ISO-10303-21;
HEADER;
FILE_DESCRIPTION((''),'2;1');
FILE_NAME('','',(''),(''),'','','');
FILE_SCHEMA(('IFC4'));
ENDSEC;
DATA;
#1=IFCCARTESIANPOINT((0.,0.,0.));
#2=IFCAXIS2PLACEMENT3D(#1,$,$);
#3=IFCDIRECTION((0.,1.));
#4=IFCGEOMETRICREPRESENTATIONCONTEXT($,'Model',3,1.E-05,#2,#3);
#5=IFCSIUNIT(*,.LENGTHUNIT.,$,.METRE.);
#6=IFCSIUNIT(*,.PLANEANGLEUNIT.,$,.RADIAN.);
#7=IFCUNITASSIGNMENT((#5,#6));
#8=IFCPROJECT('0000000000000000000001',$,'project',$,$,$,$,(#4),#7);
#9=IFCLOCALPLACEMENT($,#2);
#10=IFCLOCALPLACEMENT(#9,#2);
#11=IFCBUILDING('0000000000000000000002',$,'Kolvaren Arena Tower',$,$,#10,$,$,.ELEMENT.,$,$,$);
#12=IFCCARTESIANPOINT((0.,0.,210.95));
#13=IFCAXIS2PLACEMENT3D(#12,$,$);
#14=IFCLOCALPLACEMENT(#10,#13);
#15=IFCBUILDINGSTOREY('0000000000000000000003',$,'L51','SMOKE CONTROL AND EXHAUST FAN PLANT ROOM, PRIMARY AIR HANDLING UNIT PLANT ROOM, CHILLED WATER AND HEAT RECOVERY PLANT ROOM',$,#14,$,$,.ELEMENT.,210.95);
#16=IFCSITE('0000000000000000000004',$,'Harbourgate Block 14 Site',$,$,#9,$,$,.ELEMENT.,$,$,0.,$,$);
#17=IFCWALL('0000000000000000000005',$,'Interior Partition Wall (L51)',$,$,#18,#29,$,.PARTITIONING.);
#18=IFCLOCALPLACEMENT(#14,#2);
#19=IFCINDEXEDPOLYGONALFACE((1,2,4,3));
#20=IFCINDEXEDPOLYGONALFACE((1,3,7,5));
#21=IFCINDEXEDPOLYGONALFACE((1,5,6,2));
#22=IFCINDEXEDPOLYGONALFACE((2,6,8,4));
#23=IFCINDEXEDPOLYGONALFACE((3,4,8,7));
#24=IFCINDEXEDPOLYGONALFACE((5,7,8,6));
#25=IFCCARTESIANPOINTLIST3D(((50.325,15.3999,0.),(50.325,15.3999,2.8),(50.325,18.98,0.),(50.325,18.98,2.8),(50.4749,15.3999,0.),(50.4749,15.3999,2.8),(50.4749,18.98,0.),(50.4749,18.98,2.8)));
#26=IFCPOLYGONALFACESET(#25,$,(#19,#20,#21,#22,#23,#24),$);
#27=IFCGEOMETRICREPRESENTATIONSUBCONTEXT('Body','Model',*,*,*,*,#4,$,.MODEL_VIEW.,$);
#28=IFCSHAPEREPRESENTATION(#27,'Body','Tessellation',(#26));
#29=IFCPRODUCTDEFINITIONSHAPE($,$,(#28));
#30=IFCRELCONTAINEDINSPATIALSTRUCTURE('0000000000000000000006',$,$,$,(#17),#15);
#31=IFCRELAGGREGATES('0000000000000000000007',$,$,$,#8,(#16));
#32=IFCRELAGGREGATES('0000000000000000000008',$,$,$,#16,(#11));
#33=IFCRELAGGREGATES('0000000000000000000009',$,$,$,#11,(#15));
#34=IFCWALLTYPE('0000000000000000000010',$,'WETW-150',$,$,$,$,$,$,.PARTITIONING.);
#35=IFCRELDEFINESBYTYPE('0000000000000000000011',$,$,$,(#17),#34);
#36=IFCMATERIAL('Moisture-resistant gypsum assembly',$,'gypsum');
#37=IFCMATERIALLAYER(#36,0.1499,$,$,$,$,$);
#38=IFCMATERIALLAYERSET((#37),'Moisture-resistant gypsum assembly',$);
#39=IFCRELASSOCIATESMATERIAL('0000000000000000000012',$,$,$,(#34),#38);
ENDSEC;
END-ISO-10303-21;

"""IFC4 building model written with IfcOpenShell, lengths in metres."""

from ifc_helpers import new_model, si_unit, direction, frame, frame_2d, origin, place, context, subcontext, project, spatial, rectangle, extrude, material, layer, layer_set, type_object, element, save


model = new_model("IFC4")

# Units and contexts
model_context = context("Model", 3, precision=1e-05, world=origin(), true_north=direction((0.0, 1.0)))
body_context = subcontext(model_context, "Body", "Model", "MODEL_VIEW")
ifc_project = project(units=[si_unit("LENGTHUNIT", "METRE"), si_unit("PLANEANGLEUNIT", "RADIAN")], contexts=[model_context])

# Site, building, storey
site_placement = place(None, origin())
site = spatial("IfcSite", under=ifc_project, at=site_placement, Name="Harbourgate Block 14 Site", CompositionType="ELEMENT", RefElevation=0.0)
building_placement = place(site_placement, origin())
building = spatial("IfcBuilding", under=site, at=building_placement, Name="Kolvaren Arena Tower", CompositionType="ELEMENT")
storey_placement = place(building_placement, frame((0.0, 0.0, 210.95)))
storey = spatial("IfcBuildingStorey", under=building, at=storey_placement, Name="L51", Description="SMOKE CONTROL AND EXHAUST FAN PLANT ROOM, PRIMARY AIR HANDLING UNIT PLANT ROOM, CHILLED WATER AND HEAT RECOVERY PLANT ROOM", CompositionType="ELEMENT", Elevation=210.95)

# Wall
ifc_material_1 = material(Name="Moisture-resistant gypsum assembly", Category="gypsum")
ifc_layer_1 = layer(ifc_material_1, 0.1499)
ifc_layer_set_1 = layer_set([ifc_layer_1], Name="Moisture-resistant gypsum assembly")
wall_type_1 = type_object("IfcWallType", Name="WETW-150", PredefinedType="PARTITIONING", material=ifc_layer_set_1)
wall_1_placement = place(storey_placement, frame((50.3999, 15.3999, 0.0), z_axis=(0.0, 0.0, 1.0), x_axis=(0.0, 1.0, 0.0)))
element("IfcWall", 1, at=wall_1_placement, inside=storey, type_object=wall_type_1, Name="Interior Partition Wall (L51)", PredefinedType="PARTITIONING", context=body_context, shape_type="SweptSolid", body=[
    extrude(rectangle(XDim=3.5801, YDim=0.1499, at=frame_2d((1.79, 0.0))), origin(), (0.0, 0.0, 1.0), 2.8),
])

save(model, "model.ifc")
